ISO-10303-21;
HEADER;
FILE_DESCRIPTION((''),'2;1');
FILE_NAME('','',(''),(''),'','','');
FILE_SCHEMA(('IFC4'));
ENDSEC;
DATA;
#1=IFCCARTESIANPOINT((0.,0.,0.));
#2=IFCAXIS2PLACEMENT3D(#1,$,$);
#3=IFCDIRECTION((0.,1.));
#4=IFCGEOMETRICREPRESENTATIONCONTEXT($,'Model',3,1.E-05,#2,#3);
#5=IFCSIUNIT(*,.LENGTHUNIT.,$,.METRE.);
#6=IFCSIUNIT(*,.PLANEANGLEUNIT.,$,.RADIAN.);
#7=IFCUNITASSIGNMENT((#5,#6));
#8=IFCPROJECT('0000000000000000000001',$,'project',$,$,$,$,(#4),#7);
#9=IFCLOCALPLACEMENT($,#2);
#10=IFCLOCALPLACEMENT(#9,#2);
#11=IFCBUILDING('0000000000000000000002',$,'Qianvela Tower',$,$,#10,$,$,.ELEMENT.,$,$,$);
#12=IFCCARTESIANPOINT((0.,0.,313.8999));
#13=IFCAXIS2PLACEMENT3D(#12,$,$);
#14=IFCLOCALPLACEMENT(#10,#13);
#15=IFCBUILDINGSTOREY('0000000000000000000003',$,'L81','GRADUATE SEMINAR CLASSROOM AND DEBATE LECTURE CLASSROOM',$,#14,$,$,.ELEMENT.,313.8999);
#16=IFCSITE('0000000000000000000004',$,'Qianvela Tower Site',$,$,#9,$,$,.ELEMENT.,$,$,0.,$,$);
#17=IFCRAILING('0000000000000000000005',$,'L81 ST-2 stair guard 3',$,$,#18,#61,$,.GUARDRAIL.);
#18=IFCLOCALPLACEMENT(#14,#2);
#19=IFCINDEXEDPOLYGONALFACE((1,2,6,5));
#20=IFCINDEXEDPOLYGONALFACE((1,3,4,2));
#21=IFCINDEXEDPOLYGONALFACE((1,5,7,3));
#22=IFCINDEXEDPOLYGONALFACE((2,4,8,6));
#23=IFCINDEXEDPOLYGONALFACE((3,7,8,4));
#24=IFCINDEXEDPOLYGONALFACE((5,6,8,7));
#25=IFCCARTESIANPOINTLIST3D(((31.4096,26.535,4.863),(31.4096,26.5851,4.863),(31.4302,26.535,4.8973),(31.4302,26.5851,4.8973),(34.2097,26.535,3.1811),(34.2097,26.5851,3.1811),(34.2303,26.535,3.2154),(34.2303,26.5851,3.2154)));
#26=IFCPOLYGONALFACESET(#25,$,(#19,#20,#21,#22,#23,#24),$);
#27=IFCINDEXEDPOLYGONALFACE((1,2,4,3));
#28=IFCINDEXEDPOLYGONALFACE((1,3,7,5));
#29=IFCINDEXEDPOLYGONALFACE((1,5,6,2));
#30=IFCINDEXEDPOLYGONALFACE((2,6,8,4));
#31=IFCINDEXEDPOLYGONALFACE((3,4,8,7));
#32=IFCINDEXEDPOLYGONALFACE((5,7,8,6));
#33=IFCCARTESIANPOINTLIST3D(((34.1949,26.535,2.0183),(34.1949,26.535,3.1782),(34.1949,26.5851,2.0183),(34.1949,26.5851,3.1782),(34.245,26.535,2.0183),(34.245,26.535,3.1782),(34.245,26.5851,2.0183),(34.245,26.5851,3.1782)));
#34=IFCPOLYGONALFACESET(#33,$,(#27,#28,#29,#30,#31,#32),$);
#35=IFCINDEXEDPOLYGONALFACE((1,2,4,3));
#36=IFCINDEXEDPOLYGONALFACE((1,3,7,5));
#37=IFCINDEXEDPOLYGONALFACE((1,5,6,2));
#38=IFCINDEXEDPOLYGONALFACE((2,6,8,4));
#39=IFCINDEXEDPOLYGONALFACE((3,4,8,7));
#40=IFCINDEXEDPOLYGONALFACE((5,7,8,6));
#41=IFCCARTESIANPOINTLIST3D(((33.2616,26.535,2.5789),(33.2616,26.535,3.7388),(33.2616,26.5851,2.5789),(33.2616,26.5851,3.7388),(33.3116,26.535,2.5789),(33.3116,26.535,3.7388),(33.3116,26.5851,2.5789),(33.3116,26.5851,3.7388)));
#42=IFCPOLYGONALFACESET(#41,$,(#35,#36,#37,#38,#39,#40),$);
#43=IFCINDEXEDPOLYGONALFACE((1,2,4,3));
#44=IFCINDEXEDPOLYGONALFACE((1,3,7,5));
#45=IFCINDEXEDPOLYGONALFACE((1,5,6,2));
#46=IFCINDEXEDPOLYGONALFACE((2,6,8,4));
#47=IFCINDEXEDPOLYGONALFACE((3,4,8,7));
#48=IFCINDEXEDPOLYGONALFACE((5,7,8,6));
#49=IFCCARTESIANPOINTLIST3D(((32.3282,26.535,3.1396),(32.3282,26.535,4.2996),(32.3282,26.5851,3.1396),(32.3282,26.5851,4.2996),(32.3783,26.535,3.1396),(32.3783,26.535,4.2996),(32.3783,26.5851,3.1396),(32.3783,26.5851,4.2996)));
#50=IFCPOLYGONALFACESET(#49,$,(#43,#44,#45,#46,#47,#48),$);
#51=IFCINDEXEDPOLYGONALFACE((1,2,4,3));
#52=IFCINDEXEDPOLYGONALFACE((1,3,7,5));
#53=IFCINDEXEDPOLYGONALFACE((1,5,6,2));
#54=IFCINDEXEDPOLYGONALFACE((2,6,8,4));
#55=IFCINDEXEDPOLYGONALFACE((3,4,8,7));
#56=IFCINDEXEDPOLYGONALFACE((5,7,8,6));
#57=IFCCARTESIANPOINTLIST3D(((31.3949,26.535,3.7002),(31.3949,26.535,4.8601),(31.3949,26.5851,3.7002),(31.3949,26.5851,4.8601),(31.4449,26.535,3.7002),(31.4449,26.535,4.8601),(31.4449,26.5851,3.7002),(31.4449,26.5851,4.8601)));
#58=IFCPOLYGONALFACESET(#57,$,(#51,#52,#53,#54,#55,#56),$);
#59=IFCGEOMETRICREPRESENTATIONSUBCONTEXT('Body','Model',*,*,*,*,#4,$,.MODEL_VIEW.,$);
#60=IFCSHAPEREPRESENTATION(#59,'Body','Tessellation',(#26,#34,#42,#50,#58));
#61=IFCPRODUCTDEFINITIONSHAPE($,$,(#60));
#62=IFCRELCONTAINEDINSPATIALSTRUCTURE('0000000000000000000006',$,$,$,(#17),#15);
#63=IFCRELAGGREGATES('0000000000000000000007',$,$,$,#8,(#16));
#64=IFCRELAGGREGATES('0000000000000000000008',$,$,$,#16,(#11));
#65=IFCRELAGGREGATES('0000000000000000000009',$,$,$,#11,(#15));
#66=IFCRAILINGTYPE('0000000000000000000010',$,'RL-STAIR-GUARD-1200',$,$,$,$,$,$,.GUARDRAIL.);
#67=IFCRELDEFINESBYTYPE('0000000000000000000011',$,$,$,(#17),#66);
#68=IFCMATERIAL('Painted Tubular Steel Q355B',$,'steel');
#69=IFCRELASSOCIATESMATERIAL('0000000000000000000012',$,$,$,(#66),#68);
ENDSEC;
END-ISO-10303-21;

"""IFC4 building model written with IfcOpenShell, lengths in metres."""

from ifc_helpers import new_model, si_unit, direction, frame, origin, origin_2d, place, context, subcontext, project, spatial, rectangle, extrude, material, type_object, element, save


model = new_model("IFC4")

# Units and contexts
model_context = context("Model", 3, precision=1e-05, world=origin(), true_north=direction((0.0, 1.0)))
body_context = subcontext(model_context, "Body", "Model", "MODEL_VIEW")
ifc_project = project(units=[si_unit("LENGTHUNIT", "METRE"), si_unit("PLANEANGLEUNIT", "RADIAN")], contexts=[model_context])

# Site, building, storey
site_placement = place(None, origin())
site = spatial("IfcSite", under=ifc_project, at=site_placement, Name="Qianvela Tower Site", CompositionType="ELEMENT", RefElevation=0.0)
building_placement = place(site_placement, origin())
building = spatial("IfcBuilding", under=site, at=building_placement, Name="Qianvela Tower", CompositionType="ELEMENT")
storey_placement = place(building_placement, frame((0.0, 0.0, 313.8999)))
storey = spatial("IfcBuildingStorey", under=building, at=storey_placement, Name="L81", Description="GRADUATE SEMINAR CLASSROOM AND DEBATE LECTURE CLASSROOM", CompositionType="ELEMENT", Elevation=313.8999)

# Railing
ifc_material_1 = material(Name="Painted Tubular Steel Q355B", Category="steel")
railing_type = type_object("IfcRailingType", Name="RL-STAIR-GUARD-1200", PredefinedType="GUARDRAIL", material=ifc_material_1)
railing_1_placement = place(storey_placement, frame((34.22, 26.5601, 2.0183)))
element("IfcRailing", 1, at=railing_1_placement, inside=storey, type_object=railing_type, Name="L81 ST-2 stair guard 3", PredefinedType="GUARDRAIL", context=body_context, shape_type="SweptSolid", body=[
    extrude(rectangle(XDim=0.05, YDim=0.04, at=origin_2d()), frame((0.0, 0.0, 1.1799), z_axis=(-0.857242, 0.0, 0.514913), x_axis=(0.0, -1.0, 0.0)), (0.0, 0.0, 1.0), 3.2664),
    extrude(rectangle(XDim=0.05, YDim=0.05, at=origin_2d()), origin(), (0.0, 0.0, 1.0), 1.1599),
    extrude(rectangle(XDim=0.05, YDim=0.05, at=origin_2d()), frame((-0.9333, 0.0, 0.5605)), (0.0, 0.0, 1.0), 1.1599),
    extrude(rectangle(XDim=0.05, YDim=0.05, at=origin_2d()), frame((-1.8667, 0.0, 1.1213)), (0.0, 0.0, 1.0), 1.1599),
    extrude(rectangle(XDim=0.05, YDim=0.05, at=origin_2d()), frame((-2.8, 0.0, 1.6819)), (0.0, 0.0, 1.0), 1.1599),
])

save(model, "model.ifc")
